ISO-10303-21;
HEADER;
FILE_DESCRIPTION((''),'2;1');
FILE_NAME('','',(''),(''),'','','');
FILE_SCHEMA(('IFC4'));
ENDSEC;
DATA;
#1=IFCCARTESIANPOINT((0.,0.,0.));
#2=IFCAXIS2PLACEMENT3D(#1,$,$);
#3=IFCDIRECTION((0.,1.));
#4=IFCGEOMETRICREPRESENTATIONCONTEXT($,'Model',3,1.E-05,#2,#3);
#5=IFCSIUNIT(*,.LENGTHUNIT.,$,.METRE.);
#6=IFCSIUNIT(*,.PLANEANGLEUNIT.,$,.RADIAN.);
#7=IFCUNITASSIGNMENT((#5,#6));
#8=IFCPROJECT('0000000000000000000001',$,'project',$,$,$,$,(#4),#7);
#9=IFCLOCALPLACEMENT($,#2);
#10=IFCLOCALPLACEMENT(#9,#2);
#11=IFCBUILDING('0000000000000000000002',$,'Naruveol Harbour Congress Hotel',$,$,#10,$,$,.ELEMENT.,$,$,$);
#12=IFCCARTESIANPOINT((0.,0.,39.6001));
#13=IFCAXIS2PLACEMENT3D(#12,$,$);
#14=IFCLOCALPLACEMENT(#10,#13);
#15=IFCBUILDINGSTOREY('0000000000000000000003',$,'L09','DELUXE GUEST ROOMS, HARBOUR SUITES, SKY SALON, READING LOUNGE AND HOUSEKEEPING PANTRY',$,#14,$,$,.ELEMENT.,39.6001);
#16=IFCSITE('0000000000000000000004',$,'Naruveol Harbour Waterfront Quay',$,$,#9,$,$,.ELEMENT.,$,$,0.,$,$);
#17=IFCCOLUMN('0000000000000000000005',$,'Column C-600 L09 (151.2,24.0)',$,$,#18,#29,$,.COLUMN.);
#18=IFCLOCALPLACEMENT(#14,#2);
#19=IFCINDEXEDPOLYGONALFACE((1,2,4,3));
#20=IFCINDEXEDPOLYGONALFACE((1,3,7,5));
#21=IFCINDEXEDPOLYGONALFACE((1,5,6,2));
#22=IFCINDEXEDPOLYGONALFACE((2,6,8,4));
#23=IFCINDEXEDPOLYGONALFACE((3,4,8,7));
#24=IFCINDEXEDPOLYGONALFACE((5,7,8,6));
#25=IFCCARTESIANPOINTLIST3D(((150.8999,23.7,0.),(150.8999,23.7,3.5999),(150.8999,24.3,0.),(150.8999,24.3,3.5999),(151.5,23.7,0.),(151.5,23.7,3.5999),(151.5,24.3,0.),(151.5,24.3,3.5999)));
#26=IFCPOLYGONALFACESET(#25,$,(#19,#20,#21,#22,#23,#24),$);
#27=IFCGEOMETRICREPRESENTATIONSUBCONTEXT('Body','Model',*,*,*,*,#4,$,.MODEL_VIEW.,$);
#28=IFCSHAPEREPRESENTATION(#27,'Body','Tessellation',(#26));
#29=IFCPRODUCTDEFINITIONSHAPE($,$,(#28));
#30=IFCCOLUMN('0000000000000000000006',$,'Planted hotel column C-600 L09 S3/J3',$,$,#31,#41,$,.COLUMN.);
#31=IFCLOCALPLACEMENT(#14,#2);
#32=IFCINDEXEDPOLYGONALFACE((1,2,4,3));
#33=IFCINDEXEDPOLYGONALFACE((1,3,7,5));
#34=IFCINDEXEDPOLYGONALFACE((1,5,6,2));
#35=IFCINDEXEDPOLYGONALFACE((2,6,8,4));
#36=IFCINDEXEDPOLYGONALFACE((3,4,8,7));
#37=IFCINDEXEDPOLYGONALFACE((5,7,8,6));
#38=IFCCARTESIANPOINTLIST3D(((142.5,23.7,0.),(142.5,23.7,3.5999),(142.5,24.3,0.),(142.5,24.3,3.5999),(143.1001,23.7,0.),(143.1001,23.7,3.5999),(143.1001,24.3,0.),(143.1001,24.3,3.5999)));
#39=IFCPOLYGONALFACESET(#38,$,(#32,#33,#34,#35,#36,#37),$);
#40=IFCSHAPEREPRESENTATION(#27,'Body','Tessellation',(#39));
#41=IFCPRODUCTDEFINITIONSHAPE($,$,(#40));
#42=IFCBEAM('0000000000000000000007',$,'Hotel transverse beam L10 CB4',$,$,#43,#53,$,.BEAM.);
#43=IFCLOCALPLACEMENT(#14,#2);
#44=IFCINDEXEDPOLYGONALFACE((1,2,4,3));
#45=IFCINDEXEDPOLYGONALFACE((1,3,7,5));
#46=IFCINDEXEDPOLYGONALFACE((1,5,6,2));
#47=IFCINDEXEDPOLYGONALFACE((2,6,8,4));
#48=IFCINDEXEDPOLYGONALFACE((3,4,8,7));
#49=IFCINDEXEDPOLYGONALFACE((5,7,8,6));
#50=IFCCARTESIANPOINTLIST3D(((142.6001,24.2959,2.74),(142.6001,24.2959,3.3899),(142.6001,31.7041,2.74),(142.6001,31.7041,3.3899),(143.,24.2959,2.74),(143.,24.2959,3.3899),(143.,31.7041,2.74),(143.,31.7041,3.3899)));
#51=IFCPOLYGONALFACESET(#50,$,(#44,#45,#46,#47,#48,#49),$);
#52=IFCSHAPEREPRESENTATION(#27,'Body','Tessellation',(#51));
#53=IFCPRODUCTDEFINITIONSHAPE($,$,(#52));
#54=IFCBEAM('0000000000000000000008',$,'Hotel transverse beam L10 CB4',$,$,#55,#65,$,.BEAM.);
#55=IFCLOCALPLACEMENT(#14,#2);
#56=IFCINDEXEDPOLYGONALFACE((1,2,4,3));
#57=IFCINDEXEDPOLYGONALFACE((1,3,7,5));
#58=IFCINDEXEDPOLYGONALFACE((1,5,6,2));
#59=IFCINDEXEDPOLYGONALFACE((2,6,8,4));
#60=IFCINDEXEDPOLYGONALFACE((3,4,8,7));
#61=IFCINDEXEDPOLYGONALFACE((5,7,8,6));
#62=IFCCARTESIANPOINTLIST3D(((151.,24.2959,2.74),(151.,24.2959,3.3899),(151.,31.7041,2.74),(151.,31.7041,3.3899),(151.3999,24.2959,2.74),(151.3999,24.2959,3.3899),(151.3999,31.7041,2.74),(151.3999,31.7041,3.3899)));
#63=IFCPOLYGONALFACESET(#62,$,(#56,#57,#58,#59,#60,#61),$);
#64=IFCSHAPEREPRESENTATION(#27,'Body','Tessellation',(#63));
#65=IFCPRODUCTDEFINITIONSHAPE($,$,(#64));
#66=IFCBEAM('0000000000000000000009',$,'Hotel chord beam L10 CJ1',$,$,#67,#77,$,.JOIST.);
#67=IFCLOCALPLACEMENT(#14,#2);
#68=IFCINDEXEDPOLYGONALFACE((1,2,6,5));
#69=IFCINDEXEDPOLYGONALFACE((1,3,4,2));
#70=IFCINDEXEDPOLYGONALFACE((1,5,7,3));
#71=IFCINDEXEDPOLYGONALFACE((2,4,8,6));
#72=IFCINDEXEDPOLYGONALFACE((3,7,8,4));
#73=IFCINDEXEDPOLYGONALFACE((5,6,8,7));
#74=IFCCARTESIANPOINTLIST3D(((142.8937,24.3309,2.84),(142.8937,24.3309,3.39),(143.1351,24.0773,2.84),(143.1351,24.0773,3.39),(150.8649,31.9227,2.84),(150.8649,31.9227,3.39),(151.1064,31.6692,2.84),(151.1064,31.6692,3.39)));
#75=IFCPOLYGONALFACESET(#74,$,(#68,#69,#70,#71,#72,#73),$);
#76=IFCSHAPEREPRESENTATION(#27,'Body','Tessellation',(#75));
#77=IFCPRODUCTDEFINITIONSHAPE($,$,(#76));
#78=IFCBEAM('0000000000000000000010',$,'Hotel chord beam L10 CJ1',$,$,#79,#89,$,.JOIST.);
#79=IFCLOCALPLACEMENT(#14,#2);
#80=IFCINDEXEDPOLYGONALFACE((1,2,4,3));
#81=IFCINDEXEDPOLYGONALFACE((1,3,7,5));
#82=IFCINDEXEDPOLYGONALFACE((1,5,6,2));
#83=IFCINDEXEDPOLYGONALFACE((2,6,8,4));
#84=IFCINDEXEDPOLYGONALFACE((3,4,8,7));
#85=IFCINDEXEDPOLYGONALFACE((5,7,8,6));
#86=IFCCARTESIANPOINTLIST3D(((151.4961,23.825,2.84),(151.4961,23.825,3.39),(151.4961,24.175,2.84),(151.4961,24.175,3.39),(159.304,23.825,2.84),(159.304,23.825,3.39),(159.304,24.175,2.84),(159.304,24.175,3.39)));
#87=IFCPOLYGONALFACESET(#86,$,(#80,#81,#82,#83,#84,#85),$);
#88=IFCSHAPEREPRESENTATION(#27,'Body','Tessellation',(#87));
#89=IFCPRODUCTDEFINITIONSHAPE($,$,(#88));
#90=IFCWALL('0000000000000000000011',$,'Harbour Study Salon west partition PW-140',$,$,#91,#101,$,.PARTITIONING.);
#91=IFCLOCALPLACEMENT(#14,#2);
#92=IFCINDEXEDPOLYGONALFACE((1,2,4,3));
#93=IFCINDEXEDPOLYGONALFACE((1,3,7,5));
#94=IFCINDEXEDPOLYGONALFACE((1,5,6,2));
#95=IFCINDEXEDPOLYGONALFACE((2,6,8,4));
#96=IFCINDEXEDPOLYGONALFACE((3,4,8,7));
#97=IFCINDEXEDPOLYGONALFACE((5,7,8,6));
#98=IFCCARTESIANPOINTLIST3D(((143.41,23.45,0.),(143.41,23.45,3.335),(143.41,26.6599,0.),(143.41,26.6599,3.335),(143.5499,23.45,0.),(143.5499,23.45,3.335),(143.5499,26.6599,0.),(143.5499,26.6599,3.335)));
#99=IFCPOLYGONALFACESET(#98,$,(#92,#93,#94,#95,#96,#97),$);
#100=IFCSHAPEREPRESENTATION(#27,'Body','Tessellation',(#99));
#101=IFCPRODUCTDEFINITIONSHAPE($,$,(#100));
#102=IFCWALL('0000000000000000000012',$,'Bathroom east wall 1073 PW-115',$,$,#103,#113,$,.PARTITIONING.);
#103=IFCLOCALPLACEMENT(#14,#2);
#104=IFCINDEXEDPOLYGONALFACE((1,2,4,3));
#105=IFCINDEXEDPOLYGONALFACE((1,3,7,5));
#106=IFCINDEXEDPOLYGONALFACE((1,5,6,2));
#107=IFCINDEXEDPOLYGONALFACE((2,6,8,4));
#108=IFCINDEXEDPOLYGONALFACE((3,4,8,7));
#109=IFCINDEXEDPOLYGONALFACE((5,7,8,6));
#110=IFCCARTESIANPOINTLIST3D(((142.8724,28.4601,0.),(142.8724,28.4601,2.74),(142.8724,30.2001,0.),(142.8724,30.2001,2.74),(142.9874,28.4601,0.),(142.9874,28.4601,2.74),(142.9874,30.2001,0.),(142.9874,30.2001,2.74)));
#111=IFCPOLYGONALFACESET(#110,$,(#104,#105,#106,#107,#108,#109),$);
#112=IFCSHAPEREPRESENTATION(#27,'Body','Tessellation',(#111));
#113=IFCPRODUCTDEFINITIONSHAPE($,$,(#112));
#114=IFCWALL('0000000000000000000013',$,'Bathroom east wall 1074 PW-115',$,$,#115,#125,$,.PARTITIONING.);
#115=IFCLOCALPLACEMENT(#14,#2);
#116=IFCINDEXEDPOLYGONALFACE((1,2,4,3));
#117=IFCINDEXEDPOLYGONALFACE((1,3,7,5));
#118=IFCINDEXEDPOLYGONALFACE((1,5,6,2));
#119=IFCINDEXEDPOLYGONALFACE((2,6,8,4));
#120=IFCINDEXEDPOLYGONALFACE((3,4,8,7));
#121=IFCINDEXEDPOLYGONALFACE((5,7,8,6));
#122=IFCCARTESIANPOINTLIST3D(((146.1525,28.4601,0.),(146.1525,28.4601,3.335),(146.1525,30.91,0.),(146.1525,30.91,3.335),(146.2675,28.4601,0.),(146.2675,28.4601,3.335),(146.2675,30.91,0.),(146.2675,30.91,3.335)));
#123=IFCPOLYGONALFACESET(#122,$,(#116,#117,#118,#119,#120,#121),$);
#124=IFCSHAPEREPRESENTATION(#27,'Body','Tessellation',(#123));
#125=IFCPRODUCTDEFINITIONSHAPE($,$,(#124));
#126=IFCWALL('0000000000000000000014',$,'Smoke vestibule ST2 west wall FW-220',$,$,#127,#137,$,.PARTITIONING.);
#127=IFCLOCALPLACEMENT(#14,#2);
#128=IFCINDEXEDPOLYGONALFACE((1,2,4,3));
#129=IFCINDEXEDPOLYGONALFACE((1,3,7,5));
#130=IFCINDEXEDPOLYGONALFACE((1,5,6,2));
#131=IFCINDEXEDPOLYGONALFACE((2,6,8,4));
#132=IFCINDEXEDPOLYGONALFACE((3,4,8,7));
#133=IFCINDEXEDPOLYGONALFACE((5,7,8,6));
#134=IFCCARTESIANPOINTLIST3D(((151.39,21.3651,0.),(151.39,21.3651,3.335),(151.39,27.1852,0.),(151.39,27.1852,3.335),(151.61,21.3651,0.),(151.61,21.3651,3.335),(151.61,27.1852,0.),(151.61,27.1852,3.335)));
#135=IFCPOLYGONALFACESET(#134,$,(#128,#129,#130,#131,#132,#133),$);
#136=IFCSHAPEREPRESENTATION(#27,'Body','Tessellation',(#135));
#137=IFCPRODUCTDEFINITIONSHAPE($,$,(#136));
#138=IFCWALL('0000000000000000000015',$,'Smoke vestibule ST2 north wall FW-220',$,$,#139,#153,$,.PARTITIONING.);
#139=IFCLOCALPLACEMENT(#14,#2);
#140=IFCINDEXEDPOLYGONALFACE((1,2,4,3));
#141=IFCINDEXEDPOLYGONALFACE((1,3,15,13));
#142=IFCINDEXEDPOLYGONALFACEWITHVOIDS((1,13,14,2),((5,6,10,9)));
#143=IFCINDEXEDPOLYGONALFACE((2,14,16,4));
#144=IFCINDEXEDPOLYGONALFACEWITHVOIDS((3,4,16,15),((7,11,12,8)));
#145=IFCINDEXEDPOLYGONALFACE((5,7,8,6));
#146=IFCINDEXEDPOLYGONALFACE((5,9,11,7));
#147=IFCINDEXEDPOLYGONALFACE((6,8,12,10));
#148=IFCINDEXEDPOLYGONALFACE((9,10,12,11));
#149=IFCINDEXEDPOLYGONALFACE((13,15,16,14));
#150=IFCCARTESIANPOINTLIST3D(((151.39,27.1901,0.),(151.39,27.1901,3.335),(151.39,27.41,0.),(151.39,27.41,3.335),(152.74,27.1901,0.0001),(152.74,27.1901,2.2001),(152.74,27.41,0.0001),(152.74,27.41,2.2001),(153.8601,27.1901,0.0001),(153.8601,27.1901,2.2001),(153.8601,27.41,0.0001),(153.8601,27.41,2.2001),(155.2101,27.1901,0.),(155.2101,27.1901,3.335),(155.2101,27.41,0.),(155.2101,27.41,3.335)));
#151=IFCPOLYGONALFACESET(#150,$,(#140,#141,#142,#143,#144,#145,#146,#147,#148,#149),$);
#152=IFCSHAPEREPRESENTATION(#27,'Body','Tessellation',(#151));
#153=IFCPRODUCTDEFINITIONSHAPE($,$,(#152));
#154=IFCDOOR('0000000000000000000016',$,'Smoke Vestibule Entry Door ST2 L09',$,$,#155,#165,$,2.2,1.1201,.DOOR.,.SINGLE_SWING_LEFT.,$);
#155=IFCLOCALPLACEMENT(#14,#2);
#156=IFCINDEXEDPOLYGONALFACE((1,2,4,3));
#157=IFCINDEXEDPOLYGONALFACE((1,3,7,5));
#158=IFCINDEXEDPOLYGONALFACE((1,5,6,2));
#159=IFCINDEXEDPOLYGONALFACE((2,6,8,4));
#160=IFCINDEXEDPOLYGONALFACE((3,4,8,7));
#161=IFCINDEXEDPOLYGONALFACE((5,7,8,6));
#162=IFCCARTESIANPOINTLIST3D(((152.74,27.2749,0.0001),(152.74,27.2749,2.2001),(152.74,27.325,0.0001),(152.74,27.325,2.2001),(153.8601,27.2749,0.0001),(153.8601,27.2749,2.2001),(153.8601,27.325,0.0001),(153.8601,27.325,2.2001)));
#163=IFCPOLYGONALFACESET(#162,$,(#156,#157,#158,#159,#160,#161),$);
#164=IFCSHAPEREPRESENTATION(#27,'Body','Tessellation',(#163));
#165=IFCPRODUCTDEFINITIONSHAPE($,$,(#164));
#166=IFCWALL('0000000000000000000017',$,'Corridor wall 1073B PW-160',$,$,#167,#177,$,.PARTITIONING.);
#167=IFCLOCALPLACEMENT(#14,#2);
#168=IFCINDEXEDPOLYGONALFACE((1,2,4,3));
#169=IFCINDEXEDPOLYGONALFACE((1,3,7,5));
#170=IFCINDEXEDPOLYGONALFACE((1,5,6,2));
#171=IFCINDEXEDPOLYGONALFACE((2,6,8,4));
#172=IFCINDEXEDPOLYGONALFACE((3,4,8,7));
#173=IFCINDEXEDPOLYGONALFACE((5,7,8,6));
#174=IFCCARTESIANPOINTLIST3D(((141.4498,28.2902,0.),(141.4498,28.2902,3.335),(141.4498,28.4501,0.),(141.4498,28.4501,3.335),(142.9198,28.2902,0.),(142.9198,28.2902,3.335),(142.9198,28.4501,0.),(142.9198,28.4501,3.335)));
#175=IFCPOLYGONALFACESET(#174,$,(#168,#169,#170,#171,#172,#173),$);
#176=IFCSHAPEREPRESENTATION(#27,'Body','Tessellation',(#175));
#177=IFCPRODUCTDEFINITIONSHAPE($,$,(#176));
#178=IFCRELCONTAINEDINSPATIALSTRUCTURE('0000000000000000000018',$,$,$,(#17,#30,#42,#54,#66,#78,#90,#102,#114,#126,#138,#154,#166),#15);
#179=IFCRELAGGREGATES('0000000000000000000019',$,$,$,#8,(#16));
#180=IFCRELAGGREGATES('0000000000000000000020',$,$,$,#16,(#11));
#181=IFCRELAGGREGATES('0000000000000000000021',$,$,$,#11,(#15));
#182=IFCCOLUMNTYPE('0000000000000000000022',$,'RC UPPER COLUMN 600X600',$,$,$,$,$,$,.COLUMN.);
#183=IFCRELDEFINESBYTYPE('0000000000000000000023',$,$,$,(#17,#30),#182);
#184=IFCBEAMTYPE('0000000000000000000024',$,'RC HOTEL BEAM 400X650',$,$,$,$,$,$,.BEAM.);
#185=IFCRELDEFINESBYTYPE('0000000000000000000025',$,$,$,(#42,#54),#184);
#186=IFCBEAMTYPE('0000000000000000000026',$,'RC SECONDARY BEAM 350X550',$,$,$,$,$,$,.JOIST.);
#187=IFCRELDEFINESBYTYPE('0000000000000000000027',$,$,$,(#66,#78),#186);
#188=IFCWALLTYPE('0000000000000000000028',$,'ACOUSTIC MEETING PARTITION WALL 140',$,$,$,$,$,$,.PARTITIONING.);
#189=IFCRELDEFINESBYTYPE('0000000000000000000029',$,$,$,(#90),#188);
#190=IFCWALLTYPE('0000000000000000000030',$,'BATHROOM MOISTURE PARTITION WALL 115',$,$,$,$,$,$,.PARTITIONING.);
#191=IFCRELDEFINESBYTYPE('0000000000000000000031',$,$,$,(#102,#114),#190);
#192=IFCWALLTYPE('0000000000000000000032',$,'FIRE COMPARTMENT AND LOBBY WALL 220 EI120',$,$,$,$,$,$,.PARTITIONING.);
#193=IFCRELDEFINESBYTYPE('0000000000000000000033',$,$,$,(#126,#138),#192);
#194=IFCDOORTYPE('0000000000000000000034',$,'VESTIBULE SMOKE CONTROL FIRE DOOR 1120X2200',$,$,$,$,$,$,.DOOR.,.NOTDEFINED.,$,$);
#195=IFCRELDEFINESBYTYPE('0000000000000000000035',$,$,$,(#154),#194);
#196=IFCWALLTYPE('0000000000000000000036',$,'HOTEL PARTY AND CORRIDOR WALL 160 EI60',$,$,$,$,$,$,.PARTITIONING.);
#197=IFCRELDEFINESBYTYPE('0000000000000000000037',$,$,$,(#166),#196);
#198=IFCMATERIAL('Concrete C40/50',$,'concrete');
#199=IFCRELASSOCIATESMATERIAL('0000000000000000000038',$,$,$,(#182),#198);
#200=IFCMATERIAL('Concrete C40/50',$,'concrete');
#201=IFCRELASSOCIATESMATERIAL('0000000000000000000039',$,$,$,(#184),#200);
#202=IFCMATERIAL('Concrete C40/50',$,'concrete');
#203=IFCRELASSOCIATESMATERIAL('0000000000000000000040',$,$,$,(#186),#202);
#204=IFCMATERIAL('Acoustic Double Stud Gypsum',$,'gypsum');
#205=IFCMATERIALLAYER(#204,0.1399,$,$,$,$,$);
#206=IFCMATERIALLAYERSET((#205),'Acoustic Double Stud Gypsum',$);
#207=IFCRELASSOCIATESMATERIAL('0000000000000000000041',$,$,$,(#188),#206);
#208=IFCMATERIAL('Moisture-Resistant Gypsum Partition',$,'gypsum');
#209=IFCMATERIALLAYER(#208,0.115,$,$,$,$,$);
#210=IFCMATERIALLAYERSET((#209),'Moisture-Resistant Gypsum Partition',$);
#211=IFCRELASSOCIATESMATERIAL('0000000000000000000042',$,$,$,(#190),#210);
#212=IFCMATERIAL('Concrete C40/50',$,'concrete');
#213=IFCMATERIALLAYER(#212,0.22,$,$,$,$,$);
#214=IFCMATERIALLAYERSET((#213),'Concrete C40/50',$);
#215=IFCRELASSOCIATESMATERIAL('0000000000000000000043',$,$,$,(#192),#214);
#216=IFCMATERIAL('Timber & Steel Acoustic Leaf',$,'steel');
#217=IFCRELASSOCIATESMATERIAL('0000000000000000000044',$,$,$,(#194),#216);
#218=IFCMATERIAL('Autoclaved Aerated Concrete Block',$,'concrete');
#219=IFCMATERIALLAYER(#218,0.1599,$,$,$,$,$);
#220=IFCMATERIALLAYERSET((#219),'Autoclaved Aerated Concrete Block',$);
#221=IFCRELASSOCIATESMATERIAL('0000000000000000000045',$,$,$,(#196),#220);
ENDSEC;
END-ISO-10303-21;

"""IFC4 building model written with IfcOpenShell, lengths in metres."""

from ifc_helpers import new_model, si_unit, direction, frame, frame_2d, origin, origin_2d, place, context, subcontext, project, spatial, rectangle, extrude, material, layer, layer_set, material_profile, profile_set, type_object, element, fill, save


model = new_model("IFC4")

# Units and contexts
model_context = context("Model", 3, precision=1e-05, world=origin(), true_north=direction((0.0, 1.0)))
body_context = subcontext(model_context, "Body", "Model", "MODEL_VIEW")
ifc_project = project(units=[si_unit("LENGTHUNIT", "METRE"), si_unit("PLANEANGLEUNIT", "RADIAN")], contexts=[model_context])

# Site, building, storey
site_placement = place(None, origin())
site = spatial("IfcSite", under=ifc_project, at=site_placement, Name="Naruveol Harbour Waterfront Quay", CompositionType="ELEMENT", RefElevation=0.0)
building_placement = place(site_placement, origin())
building = spatial("IfcBuilding", under=site, at=building_placement, Name="Naruveol Harbour Congress Hotel", CompositionType="ELEMENT")
storey_placement = place(building_placement, frame((0.0, 0.0, 39.6001)))
storey = spatial("IfcBuildingStorey", under=building, at=storey_placement, Name="L09", Description="DELUXE GUEST ROOMS, HARBOUR SUITES, SKY SALON, READING LOUNGE AND HOUSEKEEPING PANTRY", CompositionType="ELEMENT", Elevation=39.6001)

# Columns
ifc_material_1 = material(Name="Concrete C40/50", Category="concrete")
ifc_material_profile_1 = material_profile(ifc_material_1, rectangle(XDim=0.6001, YDim=0.6001, at=origin_2d()), Name="RC-600x600")
ifc_profile_set_1 = profile_set([ifc_material_profile_1], Name="Concrete C40/50")
column_type = type_object("IfcColumnType", Name="RC UPPER COLUMN 600X600", PredefinedType="COLUMN", material=ifc_profile_set_1)
for number, where, z_axis, x_axis, name in (
    (1, (151.2, 24.0, 0.0), (0.0, 0.0, 1.0), (1.0, 0.0, 0.0), "Column C-600 L09 (151.2,24.0)"),
    (2, (142.8, 24.0, 0.0), (0.0, 0.0, 1.0), (1.0, 0.0, 0.0), "Planted hotel column C-600 L09 S3/J3"),
):
    element("IfcColumn", number, at=place(storey_placement, frame(where, z_axis=z_axis, x_axis=x_axis)), inside=storey, type_object=column_type, Name=name, PredefinedType="COLUMN", context=body_context, shape_type="SweptSolid", body=[
        extrude(rectangle(XDim=0.6001, YDim=0.6001, at=origin_2d()), origin(), (0.0, 0.0, 1.0), 3.5999),
    ])

# Beams
ifc_material_2 = material(Name="Concrete C40/50", Category="concrete")
ifc_material_profile_2 = material_profile(ifc_material_2, rectangle(XDim=0.3999, YDim=0.6499, at=origin_2d()), Name="RCB-400x650")
ifc_profile_set_2 = profile_set([ifc_material_profile_2], Name="Concrete C40/50")
beam_type_1 = type_object("IfcBeamType", Name="RC HOTEL BEAM 400X650", PredefinedType="BEAM", material=ifc_profile_set_2)
for number, where, z_axis, x_axis, name in (
    (3, (142.8, 24.2959, 3.0649), (0.0, 1.0, 0.0), (-1.0, 0.0, 0.0), "Hotel transverse beam L10 CB4"),
    (4, (151.2, 24.2959, 3.0649), (0.0, 1.0, 0.0), (-1.0, 0.0, 0.0), "Hotel transverse beam L10 CB4"),
):
    element("IfcBeam", number, at=place(storey_placement, frame(where, z_axis=z_axis, x_axis=x_axis)), inside=storey, type_object=beam_type_1, Name=name, PredefinedType="BEAM", context=body_context, shape_type="SweptSolid", body=[
        extrude(rectangle(XDim=0.3999, YDim=0.6499, at=origin_2d()), origin(), (0.0, 0.0, 1.0), 7.4082),
    ])
ifc_material_3 = material(Name="Concrete C40/50", Category="concrete")
ifc_material_profile_3 = material_profile(ifc_material_3, rectangle(XDim=0.3501, YDim=0.55, at=origin_2d()), Name="RCB-350x550")
ifc_profile_set_3 = profile_set([ifc_material_profile_3], Name="Concrete C40/50")
beam_type_2 = type_object("IfcBeamType", Name="RC SECONDARY BEAM 350X550", PredefinedType="JOIST", material=ifc_profile_set_3)
beam_1_placement = place(storey_placement, frame((143.0144, 24.2041, 3.115), z_axis=(0.724129, 0.689664, 0.0), x_axis=(-0.689664, 0.724129, 0.0)))
element("IfcBeam", 5, at=beam_1_placement, inside=storey, type_object=beam_type_2, Name="Hotel chord beam L10 CJ1", PredefinedType="JOIST", context=body_context, shape_type="SweptSolid", body=[
    extrude(rectangle(XDim=0.3501, YDim=0.55, at=origin_2d()), origin(), (0.0, 0.0, 1.0), 11.0081),
])
beam_2_placement = place(storey_placement, frame((151.4961, 24.0, 3.115), z_axis=(1.0, 0.0, 0.0), x_axis=(0.0, 1.0, 0.0)))
element("IfcBeam", 6, at=beam_2_placement, inside=storey, type_object=beam_type_2, Name="Hotel chord beam L10 CJ1", PredefinedType="JOIST", context=body_context, shape_type="SweptSolid", body=[
    extrude(rectangle(XDim=0.3501, YDim=0.55, at=origin_2d()), origin(), (0.0, 0.0, 1.0), 7.8079),
])

# Shared definitions
ifc_material_4 = material(Name="Acoustic Double Stud Gypsum", Category="gypsum")
ifc_layer_1 = layer(ifc_material_4, 0.1399)
ifc_layer_set_1 = layer_set([ifc_layer_1], Name="Acoustic Double Stud Gypsum")
wall_type_1 = type_object("IfcWallType", Name="ACOUSTIC MEETING PARTITION WALL 140", PredefinedType="PARTITIONING", material=ifc_layer_set_1)

# Walls
wall_1_placement = place(storey_placement, frame((143.48, 23.45, 0.0), z_axis=(0.0, 0.0, 1.0), x_axis=(0.0, 1.0, 0.0)))
element("IfcWall", 7, at=wall_1_placement, inside=storey, type_object=wall_type_1, Name="Harbour Study Salon west partition PW-140", PredefinedType="PARTITIONING", context=body_context, shape_type="SweptSolid", body=[
    extrude(rectangle(XDim=3.21, YDim=0.1399, at=frame_2d((1.605, 0.0))), origin(), (0.0, 0.0, 1.0), 3.335),
])
ifc_material_5 = material(Name="Moisture-Resistant Gypsum Partition", Category="gypsum")
ifc_layer_2 = layer(ifc_material_5, 0.115)
ifc_layer_set_2 = layer_set([ifc_layer_2], Name="Moisture-Resistant Gypsum Partition")
wall_type_2 = type_object("IfcWallType", Name="BATHROOM MOISTURE PARTITION WALL 115", PredefinedType="PARTITIONING", material=ifc_layer_set_2)
wall_2_placement = place(storey_placement, frame((142.9299, 28.46, 0.0), z_axis=(0.0, 0.0, 1.0), x_axis=(0.0, 1.0, 0.0)))
element("IfcWall", 8, at=wall_2_placement, inside=storey, type_object=wall_type_2, Name="Bathroom east wall 1073 PW-115", PredefinedType="PARTITIONING", context=body_context, shape_type="SweptSolid", body=[
    extrude(rectangle(XDim=1.74, YDim=0.115, at=frame_2d((0.8701, 0.0))), origin(), (0.0, 0.0, 1.0), 2.74),
])

# Walls
wall_3_placement = place(storey_placement, frame((146.21, 28.46, 0.0), z_axis=(0.0, 0.0, 1.0), x_axis=(0.0, 1.0, 0.0)))
element("IfcWall", 9, at=wall_3_placement, inside=storey, type_object=wall_type_2, Name="Bathroom east wall 1074 PW-115", PredefinedType="PARTITIONING", context=body_context, shape_type="SweptSolid", body=[
    extrude(rectangle(XDim=2.45, YDim=0.115, at=frame_2d((1.2251, 0.0))), origin(), (0.0, 0.0, 1.0), 3.335),
])
ifc_material_6 = material(Name="Concrete C40/50", Category="concrete")
ifc_layer_3 = layer(ifc_material_6, 0.22)
ifc_layer_set_3 = layer_set([ifc_layer_3], Name="Concrete C40/50")
wall_type_3 = type_object("IfcWallType", Name="FIRE COMPARTMENT AND LOBBY WALL 220 EI120", PredefinedType="PARTITIONING", material=ifc_layer_set_3)
wall_4_placement = place(storey_placement, frame((151.5, 21.365, 0.0), z_axis=(0.0, 0.0, 1.0), x_axis=(0.0, 1.0, 0.0)))
element("IfcWall", 10, at=wall_4_placement, inside=storey, type_object=wall_type_3, Name="Smoke vestibule ST2 west wall FW-220", PredefinedType="PARTITIONING", context=body_context, shape_type="SweptSolid", body=[
    extrude(rectangle(XDim=5.8201, YDim=0.22, at=frame_2d((2.9102, 0.0))), origin(), (0.0, 0.0, 1.0), 3.335),
])

# Wall, opening, door
wall_5_placement = place(storey_placement, frame((151.3899, 27.3, 0.0), z_axis=(0.0, 0.0, 1.0), x_axis=(1.0, 0.0, 0.0)))
wall_5 = element("IfcWall", 11, at=wall_5_placement, inside=storey, type_object=wall_type_3, Name="Smoke vestibule ST2 north wall FW-220", PredefinedType="PARTITIONING", context=body_context, shape_type="SweptSolid", body=[
    extrude(rectangle(XDim=3.8201, YDim=0.22, at=frame_2d((1.9102, 0.0))), origin(), (0.0, 0.0, 1.0), 3.335),
])
opening_1_placement = place(wall_5_placement, frame((1.3501, 0.0, 0.0)))
opening_1 = element("IfcOpeningElement", 12, at=opening_1_placement, cuts=wall_5, PredefinedType="OPENING", context=body_context, shape_type="SweptSolid", body=[
    extrude(rectangle(XDim=1.1201, YDim=2.2, at=frame_2d((0.5601, 1.1001))), frame((0.0, 0.1199, 0.0), z_axis=(0.0, -1.0, 0.0), x_axis=(1.0, 0.0, 0.0)), (0.0, 0.0, 1.0), 0.24),
])
ifc_material_7 = material(Name="Timber & Steel Acoustic Leaf", Category="steel")
door_type_1 = type_object("IfcDoorType", Name="VESTIBULE SMOKE CONTROL FIRE DOOR 1120X2200", OperationType="NOTDEFINED", PredefinedType="DOOR", material=ifc_material_7)
door_1_placement = place(opening_1_placement, origin())
door_1 = element("IfcDoor", 13, at=door_1_placement, inside=storey, type_object=door_type_1, Name="Smoke Vestibule Entry Door ST2 L09", OperationType="SINGLE_SWING_LEFT", OverallHeight=2.2, OverallWidth=1.1201, PredefinedType="DOOR", context=body_context, shape_type="SweptSolid", body=[
    extrude(rectangle(XDim=1.1201, YDim=2.2, at=frame_2d((0.5601, 1.1001))), frame((0.0, 0.0249, 0.0), z_axis=(0.0, -1.0, 0.0), x_axis=(1.0, 0.0, 0.0)), (0.0, 0.0, 1.0), 0.05),
])
fill(opening_1, door_1)

# Wall
ifc_material_8 = material(Name="Autoclaved Aerated Concrete Block", Category="concrete")
ifc_layer_4 = layer(ifc_material_8, 0.1599)
ifc_layer_set_4 = layer_set([ifc_layer_4], Name="Autoclaved Aerated Concrete Block")
wall_type_4 = type_object("IfcWallType", Name="HOTEL PARTY AND CORRIDOR WALL 160 EI60", PredefinedType="PARTITIONING", material=ifc_layer_set_4)
wall_6_placement = place(storey_placement, frame((141.45, 28.3701, 0.0), z_axis=(0.0, 0.0, 1.0), x_axis=(1.0, 0.0, 0.0)))
element("IfcWall", 14, at=wall_6_placement, inside=storey, type_object=wall_type_4, Name="Corridor wall 1073B PW-160", PredefinedType="PARTITIONING", context=body_context, shape_type="SweptSolid", body=[
    extrude(rectangle(XDim=1.47, YDim=0.1599, at=frame_2d((0.7349, 0.0))), origin(), (0.0, 0.0, 1.0), 3.335),
])

save(model, "model.ifc")
